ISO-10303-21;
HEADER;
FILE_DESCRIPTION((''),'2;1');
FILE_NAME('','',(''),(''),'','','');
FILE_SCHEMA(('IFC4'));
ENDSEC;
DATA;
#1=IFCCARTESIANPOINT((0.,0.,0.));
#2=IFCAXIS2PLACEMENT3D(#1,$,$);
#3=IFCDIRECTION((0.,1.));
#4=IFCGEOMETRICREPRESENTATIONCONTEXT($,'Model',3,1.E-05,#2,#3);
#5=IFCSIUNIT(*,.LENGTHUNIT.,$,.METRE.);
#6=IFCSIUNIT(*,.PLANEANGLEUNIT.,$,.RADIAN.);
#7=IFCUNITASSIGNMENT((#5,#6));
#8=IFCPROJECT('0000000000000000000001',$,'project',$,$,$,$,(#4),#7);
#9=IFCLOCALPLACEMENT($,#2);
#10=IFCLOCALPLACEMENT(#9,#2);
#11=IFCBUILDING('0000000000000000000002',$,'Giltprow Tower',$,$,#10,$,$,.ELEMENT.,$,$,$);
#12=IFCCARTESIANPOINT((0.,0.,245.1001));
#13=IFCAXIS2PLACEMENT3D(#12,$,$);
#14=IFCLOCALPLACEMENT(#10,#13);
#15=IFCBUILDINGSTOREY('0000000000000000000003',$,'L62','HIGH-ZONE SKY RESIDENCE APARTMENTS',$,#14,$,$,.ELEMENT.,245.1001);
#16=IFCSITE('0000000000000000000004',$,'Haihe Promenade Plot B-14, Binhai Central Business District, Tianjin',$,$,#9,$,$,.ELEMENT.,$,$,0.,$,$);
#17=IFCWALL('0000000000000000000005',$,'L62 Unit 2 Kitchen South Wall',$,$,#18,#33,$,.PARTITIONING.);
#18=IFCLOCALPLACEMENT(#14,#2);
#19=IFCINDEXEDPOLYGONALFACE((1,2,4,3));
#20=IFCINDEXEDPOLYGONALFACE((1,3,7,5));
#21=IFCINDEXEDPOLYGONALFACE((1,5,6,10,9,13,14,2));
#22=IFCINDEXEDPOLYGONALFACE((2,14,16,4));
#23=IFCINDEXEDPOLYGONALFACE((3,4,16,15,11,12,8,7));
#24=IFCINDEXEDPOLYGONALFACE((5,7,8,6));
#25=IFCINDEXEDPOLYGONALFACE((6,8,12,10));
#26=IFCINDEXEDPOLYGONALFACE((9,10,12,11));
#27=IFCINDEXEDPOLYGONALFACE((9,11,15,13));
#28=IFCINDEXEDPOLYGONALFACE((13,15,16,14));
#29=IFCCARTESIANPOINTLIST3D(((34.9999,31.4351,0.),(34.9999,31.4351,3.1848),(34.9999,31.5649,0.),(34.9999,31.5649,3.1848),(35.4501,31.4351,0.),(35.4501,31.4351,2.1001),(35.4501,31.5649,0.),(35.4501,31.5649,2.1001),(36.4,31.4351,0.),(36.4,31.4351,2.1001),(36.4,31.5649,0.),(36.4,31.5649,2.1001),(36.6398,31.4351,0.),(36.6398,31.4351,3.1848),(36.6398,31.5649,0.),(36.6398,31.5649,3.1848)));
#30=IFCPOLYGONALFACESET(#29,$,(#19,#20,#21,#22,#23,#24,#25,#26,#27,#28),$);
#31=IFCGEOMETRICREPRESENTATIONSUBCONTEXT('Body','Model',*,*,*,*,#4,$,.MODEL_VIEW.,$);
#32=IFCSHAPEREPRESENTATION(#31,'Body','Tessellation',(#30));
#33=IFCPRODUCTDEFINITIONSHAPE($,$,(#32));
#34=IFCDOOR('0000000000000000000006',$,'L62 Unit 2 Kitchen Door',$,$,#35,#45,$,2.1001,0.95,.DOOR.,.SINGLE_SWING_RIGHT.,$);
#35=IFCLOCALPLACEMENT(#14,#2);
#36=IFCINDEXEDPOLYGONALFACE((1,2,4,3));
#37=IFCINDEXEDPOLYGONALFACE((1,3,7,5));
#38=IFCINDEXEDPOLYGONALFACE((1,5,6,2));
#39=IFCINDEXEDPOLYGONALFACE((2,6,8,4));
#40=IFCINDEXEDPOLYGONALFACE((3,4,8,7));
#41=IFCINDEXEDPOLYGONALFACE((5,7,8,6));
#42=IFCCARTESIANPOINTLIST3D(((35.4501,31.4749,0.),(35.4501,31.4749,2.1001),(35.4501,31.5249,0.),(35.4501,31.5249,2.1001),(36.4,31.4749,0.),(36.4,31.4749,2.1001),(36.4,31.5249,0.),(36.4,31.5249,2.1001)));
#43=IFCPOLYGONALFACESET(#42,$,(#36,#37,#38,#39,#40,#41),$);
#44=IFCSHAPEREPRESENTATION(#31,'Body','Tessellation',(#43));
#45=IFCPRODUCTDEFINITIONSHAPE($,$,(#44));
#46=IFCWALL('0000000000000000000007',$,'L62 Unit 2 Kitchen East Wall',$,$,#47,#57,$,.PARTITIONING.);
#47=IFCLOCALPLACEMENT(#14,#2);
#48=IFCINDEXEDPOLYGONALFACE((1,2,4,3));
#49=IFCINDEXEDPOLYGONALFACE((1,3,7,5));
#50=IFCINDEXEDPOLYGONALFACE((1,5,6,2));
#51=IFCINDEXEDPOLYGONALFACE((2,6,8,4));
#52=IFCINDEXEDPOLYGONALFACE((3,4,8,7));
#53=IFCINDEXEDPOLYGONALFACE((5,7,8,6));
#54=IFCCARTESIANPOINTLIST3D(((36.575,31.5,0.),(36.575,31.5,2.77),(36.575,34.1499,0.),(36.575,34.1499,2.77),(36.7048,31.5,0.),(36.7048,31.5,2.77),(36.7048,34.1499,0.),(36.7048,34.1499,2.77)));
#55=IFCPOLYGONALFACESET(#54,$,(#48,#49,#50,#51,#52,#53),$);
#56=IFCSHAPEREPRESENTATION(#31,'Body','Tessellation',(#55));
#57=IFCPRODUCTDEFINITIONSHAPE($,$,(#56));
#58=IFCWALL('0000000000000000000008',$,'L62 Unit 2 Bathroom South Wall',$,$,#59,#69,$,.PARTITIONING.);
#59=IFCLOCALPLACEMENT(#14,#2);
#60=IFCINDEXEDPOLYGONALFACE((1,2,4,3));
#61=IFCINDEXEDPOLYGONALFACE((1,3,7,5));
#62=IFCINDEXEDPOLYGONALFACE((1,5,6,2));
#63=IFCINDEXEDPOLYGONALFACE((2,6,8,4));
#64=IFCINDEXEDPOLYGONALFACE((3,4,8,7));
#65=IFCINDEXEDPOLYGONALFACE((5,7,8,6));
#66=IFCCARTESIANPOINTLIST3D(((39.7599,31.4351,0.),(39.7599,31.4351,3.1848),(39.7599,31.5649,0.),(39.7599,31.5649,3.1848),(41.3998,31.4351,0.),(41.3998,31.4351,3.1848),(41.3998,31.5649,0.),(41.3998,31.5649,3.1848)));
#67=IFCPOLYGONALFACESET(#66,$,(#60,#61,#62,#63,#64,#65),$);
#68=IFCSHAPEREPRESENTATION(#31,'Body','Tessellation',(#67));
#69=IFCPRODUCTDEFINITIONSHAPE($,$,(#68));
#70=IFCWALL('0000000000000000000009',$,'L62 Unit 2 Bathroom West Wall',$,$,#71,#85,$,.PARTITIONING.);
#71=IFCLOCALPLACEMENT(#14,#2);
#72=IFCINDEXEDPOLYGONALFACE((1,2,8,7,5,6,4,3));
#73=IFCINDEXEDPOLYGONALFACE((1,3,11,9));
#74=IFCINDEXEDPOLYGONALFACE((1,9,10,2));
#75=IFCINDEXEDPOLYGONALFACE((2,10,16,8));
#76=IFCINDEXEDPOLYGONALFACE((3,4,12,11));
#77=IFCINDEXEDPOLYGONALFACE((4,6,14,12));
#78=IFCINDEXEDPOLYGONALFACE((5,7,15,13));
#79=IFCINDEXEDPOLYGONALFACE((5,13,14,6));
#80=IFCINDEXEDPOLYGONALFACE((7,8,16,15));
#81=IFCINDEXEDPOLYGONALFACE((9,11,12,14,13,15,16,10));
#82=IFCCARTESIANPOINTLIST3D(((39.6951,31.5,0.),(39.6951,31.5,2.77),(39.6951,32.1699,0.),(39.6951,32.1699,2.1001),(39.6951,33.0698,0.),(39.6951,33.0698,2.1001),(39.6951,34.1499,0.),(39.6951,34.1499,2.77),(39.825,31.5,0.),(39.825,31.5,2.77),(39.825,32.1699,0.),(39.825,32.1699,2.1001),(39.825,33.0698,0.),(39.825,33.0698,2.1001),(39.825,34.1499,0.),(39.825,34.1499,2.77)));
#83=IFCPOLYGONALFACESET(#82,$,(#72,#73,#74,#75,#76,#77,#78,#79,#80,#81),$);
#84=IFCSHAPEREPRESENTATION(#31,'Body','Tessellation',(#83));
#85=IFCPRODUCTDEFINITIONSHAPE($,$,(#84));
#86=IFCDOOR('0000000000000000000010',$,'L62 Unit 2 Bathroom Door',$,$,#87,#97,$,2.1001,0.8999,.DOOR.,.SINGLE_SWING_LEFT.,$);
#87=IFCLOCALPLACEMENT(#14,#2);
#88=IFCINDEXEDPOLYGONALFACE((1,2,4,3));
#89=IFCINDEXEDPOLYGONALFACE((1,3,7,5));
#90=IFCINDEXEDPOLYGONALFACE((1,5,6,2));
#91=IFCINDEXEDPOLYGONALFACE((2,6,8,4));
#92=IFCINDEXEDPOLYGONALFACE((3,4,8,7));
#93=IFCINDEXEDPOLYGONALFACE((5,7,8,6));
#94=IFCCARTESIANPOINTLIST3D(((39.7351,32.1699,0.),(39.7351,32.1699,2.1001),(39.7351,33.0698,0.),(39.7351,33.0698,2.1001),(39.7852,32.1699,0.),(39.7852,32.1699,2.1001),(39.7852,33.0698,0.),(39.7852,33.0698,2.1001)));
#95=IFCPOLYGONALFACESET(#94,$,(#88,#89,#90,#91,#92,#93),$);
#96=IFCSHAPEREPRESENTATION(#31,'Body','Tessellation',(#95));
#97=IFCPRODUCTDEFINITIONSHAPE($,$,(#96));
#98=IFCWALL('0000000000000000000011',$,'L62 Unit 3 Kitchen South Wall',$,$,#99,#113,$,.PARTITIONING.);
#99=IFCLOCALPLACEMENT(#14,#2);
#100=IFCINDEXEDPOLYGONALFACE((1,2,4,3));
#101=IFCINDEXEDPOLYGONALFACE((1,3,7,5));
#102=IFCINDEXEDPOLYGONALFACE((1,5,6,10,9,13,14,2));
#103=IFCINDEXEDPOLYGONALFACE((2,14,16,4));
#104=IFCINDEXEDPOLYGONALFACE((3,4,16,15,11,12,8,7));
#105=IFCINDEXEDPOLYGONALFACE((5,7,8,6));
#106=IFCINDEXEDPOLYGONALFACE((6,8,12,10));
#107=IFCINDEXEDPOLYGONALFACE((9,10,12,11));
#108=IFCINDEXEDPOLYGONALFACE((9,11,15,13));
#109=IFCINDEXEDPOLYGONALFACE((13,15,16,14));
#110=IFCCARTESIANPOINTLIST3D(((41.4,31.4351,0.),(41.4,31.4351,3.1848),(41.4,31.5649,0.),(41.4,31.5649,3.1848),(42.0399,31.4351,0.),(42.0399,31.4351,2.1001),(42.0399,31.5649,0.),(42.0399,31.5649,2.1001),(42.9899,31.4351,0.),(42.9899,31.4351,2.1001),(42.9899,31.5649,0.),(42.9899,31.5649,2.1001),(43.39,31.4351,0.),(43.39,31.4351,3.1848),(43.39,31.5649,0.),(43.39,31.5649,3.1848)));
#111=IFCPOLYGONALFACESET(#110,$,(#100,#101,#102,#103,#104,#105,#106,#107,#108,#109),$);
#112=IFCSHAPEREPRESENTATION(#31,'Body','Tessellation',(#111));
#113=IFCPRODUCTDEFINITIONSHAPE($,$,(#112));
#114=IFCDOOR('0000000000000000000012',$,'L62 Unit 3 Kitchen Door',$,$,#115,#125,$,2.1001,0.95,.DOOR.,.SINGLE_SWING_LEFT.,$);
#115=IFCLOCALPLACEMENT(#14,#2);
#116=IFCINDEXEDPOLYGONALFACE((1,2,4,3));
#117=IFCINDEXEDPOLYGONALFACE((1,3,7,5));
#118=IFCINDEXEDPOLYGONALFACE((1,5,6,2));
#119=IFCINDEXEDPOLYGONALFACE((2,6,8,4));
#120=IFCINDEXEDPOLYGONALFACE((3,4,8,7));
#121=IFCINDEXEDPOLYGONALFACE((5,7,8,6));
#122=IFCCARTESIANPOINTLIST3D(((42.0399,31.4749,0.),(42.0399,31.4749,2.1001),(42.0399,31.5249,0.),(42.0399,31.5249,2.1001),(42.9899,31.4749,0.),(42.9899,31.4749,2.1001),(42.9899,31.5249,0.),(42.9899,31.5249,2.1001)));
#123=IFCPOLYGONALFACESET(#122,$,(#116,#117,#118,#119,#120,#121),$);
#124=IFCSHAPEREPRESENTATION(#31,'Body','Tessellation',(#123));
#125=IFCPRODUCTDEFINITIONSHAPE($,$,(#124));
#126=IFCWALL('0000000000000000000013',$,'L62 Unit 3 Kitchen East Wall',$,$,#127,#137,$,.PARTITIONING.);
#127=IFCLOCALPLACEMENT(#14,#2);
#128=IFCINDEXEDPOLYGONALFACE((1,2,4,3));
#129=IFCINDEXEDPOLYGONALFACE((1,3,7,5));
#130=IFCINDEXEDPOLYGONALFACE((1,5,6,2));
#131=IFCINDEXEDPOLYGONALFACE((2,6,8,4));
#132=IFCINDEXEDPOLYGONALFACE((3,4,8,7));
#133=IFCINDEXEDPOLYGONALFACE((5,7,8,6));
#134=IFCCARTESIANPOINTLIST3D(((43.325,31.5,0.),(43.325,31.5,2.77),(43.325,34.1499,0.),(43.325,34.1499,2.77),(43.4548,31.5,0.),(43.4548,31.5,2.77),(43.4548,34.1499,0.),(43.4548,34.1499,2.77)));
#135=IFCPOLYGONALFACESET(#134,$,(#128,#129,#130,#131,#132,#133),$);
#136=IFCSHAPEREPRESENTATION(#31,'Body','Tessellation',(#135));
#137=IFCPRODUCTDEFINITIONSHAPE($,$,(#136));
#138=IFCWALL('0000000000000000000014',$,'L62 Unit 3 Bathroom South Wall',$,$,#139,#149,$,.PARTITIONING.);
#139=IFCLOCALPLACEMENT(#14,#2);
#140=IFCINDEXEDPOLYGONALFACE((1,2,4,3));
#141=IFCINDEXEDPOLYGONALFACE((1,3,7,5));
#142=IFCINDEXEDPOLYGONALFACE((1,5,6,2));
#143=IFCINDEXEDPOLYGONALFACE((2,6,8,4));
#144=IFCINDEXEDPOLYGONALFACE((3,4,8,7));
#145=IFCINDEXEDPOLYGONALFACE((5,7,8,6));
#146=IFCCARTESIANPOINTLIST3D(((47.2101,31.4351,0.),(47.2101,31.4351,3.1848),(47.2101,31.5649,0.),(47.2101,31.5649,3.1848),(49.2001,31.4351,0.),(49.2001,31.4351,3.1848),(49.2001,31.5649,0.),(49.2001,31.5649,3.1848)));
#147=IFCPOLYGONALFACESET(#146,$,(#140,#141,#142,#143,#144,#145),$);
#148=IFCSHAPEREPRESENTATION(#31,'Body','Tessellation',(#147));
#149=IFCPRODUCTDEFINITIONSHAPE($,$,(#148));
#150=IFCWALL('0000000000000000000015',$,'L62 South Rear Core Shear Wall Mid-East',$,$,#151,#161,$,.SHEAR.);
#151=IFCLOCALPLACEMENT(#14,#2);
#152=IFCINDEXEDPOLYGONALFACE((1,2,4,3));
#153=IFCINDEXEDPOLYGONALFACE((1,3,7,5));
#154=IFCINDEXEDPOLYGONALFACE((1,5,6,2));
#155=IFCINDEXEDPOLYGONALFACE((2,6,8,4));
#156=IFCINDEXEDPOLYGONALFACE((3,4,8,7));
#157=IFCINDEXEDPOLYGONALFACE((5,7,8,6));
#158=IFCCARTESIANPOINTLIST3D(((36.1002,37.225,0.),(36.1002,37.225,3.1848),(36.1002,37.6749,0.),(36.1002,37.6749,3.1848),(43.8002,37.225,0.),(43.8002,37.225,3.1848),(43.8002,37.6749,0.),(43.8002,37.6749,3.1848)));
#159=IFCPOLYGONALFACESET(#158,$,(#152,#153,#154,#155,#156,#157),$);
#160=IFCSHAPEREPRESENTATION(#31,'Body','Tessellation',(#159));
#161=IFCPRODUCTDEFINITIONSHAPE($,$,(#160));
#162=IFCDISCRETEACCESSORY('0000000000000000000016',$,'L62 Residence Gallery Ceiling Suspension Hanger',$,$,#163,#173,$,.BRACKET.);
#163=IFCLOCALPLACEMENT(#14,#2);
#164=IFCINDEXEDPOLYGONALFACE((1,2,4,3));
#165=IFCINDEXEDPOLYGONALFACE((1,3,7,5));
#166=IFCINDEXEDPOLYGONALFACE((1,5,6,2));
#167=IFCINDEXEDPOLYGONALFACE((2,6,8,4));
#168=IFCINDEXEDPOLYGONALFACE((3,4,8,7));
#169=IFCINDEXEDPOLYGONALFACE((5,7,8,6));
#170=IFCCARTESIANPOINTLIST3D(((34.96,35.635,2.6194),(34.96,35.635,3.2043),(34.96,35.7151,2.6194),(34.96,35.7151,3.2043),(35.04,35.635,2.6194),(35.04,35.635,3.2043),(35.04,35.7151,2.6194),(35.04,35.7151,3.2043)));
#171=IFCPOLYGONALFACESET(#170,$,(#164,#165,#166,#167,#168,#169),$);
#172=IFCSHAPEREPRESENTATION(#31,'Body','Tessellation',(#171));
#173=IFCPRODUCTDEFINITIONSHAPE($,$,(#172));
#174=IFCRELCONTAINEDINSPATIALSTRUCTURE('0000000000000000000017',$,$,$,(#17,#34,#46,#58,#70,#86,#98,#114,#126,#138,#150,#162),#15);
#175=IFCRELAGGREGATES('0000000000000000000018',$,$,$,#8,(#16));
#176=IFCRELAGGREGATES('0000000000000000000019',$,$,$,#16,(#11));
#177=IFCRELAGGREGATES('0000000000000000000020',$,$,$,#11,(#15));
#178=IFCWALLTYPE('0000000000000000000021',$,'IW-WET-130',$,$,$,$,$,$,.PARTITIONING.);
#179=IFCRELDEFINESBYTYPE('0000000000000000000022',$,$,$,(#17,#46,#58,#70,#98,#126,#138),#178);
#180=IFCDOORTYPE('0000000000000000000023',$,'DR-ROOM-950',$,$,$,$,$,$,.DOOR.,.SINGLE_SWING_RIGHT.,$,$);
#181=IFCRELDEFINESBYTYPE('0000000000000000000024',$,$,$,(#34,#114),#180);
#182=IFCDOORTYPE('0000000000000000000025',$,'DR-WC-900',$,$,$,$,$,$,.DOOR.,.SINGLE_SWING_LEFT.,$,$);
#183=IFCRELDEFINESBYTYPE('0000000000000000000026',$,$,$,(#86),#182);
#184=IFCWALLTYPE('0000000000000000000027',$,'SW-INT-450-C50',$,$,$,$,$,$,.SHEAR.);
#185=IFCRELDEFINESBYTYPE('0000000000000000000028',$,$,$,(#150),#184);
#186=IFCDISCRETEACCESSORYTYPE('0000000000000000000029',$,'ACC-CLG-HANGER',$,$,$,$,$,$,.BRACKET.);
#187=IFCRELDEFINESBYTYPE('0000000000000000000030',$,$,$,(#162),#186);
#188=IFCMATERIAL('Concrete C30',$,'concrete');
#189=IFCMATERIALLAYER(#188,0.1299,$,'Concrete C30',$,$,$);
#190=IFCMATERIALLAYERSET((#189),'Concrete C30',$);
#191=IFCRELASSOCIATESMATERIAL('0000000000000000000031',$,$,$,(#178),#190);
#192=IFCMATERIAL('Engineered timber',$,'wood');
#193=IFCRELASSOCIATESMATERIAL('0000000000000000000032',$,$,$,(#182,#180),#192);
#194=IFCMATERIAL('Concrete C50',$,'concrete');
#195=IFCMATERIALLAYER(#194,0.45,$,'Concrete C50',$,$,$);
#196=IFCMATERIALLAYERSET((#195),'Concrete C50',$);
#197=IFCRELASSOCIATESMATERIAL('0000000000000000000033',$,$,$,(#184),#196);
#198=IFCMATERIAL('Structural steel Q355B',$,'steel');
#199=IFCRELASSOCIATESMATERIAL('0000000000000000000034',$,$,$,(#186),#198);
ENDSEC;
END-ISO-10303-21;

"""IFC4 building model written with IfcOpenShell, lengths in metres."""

from ifc_helpers import new_model, si_unit, direction, frame, frame_2d, origin, origin_2d, place, context, subcontext, project, spatial, rectangle, extrude, source, transform, mapped, material, layer, layer_set, type_object, element, fill, save


model = new_model("IFC4")

# Units and contexts
model_context = context("Model", 3, precision=1e-05, world=origin(), true_north=direction((0.0, 1.0)))
body_context = subcontext(model_context, "Body", "Model", "MODEL_VIEW")
ifc_project = project(units=[si_unit("LENGTHUNIT", "METRE"), si_unit("PLANEANGLEUNIT", "RADIAN")], contexts=[model_context])

# Site, building, storey
site_placement = place(None, origin())
site = spatial("IfcSite", under=ifc_project, at=site_placement, Name="Haihe Promenade Plot B-14, Binhai Central Business District, Tianjin", CompositionType="ELEMENT", RefElevation=0.0)
building_placement = place(site_placement, origin())
building = spatial("IfcBuilding", under=site, at=building_placement, Name="Giltprow Tower", CompositionType="ELEMENT")
storey_placement = place(building_placement, frame((0.0, 0.0, 245.1001)))
storey = spatial("IfcBuildingStorey", under=building, at=storey_placement, Name="L62", Description="HIGH-ZONE SKY RESIDENCE APARTMENTS", CompositionType="ELEMENT", Elevation=245.1001)

# Shared definitions
ifc_material_1 = material(Name="Concrete C50", Category="concrete")

# Shared definitions
ifc_material_2 = material(Name="Structural steel Q355B", Category="steel")

# Shared definitions
ifc_material_3 = material(Name="Concrete C30", Category="concrete")
ifc_layer_1 = layer(ifc_material_3, 0.1299, Name="Concrete C30")
ifc_layer_set_1 = layer_set([ifc_layer_1], Name="Concrete C30")
wall_type_1 = type_object("IfcWallType", Name="IW-WET-130", PredefinedType="PARTITIONING", material=ifc_layer_set_1)

# Wall, opening, door
ifc_material_4 = material(Name="Engineered timber", Category="wood")
door_type_1 = type_object("IfcDoorType", Name="DR-WC-900", OperationType="SINGLE_SWING_LEFT", PredefinedType="DOOR", material=ifc_material_4)
shared_shape_1 = source(origin(), body_context, "Body", "SweptSolid", [
    extrude(rectangle(XDim=0.8999, YDim=2.1001, at=frame_2d((0.45, 1.05))), frame((0.0, 0.0249, 0.0), z_axis=(0.0, -1.0, 0.0), x_axis=(1.0, 0.0, 0.0)), (0.0, 0.0, 1.0), 0.05),
])
wall_1_placement = place(storey_placement, frame((35.0, 31.5, 0.0), z_axis=(0.0, 0.0, 1.0), x_axis=(1.0, 0.0, 0.0)))
wall_1 = element("IfcWall", 1, at=wall_1_placement, inside=storey, type_object=wall_type_1, Name="L62 Unit 2 Kitchen South Wall", PredefinedType="PARTITIONING", context=body_context, shape_type="SweptSolid", body=[
    extrude(rectangle(XDim=1.6399, YDim=0.1299, at=frame_2d((0.8198, 0.0))), origin(), (0.0, 0.0, 1.0), 3.1848),
])
opening_1_placement = place(wall_1_placement, frame((0.45, 0.0, 0.0)))
opening_1 = element("IfcOpeningElement", 2, at=opening_1_placement, cuts=wall_1, PredefinedType="OPENING", context=body_context, shape_type="SweptSolid", body=[
    extrude(rectangle(XDim=0.95, YDim=2.1001, at=frame_2d((0.4751, 1.05))), frame((0.0, 0.075, 0.0), z_axis=(0.0, -1.0, 0.0), x_axis=(1.0, 0.0, 0.0)), (0.0, 0.0, 1.0), 0.1499),
])
door_type_2 = type_object("IfcDoorType", Name="DR-ROOM-950", OperationType="SINGLE_SWING_RIGHT", PredefinedType="DOOR", material=ifc_material_4)
shared_shape_2 = source(origin(), body_context, "Body", "SweptSolid", [
    extrude(rectangle(XDim=0.95, YDim=2.1001, at=frame_2d((0.4751, 1.05))), frame((0.0, 0.0249, 0.0), z_axis=(0.0, -1.0, 0.0), x_axis=(1.0, 0.0, 0.0)), (0.0, 0.0, 1.0), 0.05),
])
door_1_placement = place(opening_1_placement, origin())
door_1 = element("IfcDoor", 3, at=door_1_placement, inside=storey, type_object=door_type_2, Name="L62 Unit 2 Kitchen Door", OperationType="SINGLE_SWING_RIGHT", OverallHeight=2.1001, OverallWidth=0.95, PredefinedType="DOOR", context=body_context, shape_type="MappedRepresentation", body=[
    mapped(shared_shape_2, transform((0.0, 0.0, 0.0), x_axis=(1.0, 0.0, 0.0), y_axis=(0.0, 1.0, 0.0), z_axis=(0.0, 0.0, 1.0), scale=1.0)),
])
fill(opening_1, door_1)

# Walls
wall_2_placement = place(storey_placement, frame((36.6399, 31.5, 0.0), z_axis=(0.0, 0.0, 1.0), x_axis=(0.0, 1.0, 0.0)))
element("IfcWall", 4, at=wall_2_placement, inside=storey, type_object=wall_type_1, Name="L62 Unit 2 Kitchen East Wall", PredefinedType="PARTITIONING", context=body_context, shape_type="SweptSolid", body=[
    extrude(rectangle(XDim=2.6499, YDim=0.1299, at=frame_2d((1.325, 0.0))), origin(), (0.0, 0.0, 1.0), 2.77),
])
wall_3_placement = place(storey_placement, frame((39.76, 31.5, 0.0), z_axis=(0.0, 0.0, 1.0), x_axis=(1.0, 0.0, 0.0)))
element("IfcWall", 5, at=wall_3_placement, inside=storey, type_object=wall_type_1, Name="L62 Unit 2 Bathroom South Wall", PredefinedType="PARTITIONING", context=body_context, shape_type="SweptSolid", body=[
    extrude(rectangle(XDim=1.6399, YDim=0.1299, at=frame_2d((0.8198, 0.0))), origin(), (0.0, 0.0, 1.0), 3.1848),
])

# Walls, openings, doors
wall_4_placement = place(storey_placement, frame((39.76, 31.5, 0.0), z_axis=(0.0, 0.0, 1.0), x_axis=(0.0, 1.0, 0.0)))
wall_4 = element("IfcWall", 6, at=wall_4_placement, inside=storey, type_object=wall_type_1, Name="L62 Unit 2 Bathroom West Wall", PredefinedType="PARTITIONING", context=body_context, shape_type="SweptSolid", body=[
    extrude(rectangle(XDim=2.6499, YDim=0.1299, at=frame_2d((1.325, 0.0))), origin(), (0.0, 0.0, 1.0), 2.77),
])
opening_2_placement = place(wall_4_placement, frame((0.6699, 0.0, 0.0)))
opening_2 = element("IfcOpeningElement", 7, at=opening_2_placement, cuts=wall_4, PredefinedType="OPENING", context=body_context, shape_type="SweptSolid", body=[
    extrude(rectangle(XDim=0.8999, YDim=2.1001, at=frame_2d((0.45, 1.05))), frame((0.0, 0.075, 0.0), z_axis=(0.0, -1.0, 0.0), x_axis=(1.0, 0.0, 0.0)), (0.0, 0.0, 1.0), 0.1499),
])
door_2_placement = place(opening_2_placement, origin())
door_2 = element("IfcDoor", 8, at=door_2_placement, inside=storey, type_object=door_type_1, Name="L62 Unit 2 Bathroom Door", OperationType="SINGLE_SWING_LEFT", OverallHeight=2.1001, OverallWidth=0.8999, PredefinedType="DOOR", context=body_context, shape_type="MappedRepresentation", body=[
    mapped(shared_shape_1, transform((0.0, 0.0, 0.0), x_axis=(1.0, 0.0, 0.0), y_axis=(0.0, 1.0, 0.0), z_axis=(0.0, 0.0, 1.0), scale=1.0)),
])
fill(opening_2, door_2)
wall_5_placement = place(storey_placement, frame((41.3999, 31.5, 0.0), z_axis=(0.0, 0.0, 1.0), x_axis=(1.0, 0.0, 0.0)))
wall_5 = element("IfcWall", 9, at=wall_5_placement, inside=storey, type_object=wall_type_1, Name="L62 Unit 3 Kitchen South Wall", PredefinedType="PARTITIONING", context=body_context, shape_type="SweptSolid", body=[
    extrude(rectangle(XDim=1.99, YDim=0.1299, at=frame_2d((0.9951, 0.0))), origin(), (0.0, 0.0, 1.0), 3.1848),
])
opening_3_placement = place(wall_5_placement, frame((0.6399, 0.0, 0.0)))
opening_3 = element("IfcOpeningElement", 10, at=opening_3_placement, cuts=wall_5, PredefinedType="OPENING", context=body_context, shape_type="SweptSolid", body=[
    extrude(rectangle(XDim=0.95, YDim=2.1001, at=frame_2d((0.4751, 1.05))), frame((0.0, 0.075, 0.0), z_axis=(0.0, -1.0, 0.0), x_axis=(1.0, 0.0, 0.0)), (0.0, 0.0, 1.0), 0.1499),
])
door_3_placement = place(opening_3_placement, origin())
door_3 = element("IfcDoor", 11, at=door_3_placement, inside=storey, type_object=door_type_2, Name="L62 Unit 3 Kitchen Door", OperationType="SINGLE_SWING_LEFT", OverallHeight=2.1001, OverallWidth=0.95, PredefinedType="DOOR", context=body_context, shape_type="MappedRepresentation", body=[
    mapped(shared_shape_2, transform((0.0, 0.0, 0.0), x_axis=(1.0, 0.0, 0.0), y_axis=(0.0, 1.0, 0.0), z_axis=(0.0, 0.0, 1.0), scale=1.0)),
])
fill(opening_3, door_3)

# Walls
wall_6_placement = place(storey_placement, frame((43.3899, 31.5, 0.0), z_axis=(0.0, 0.0, 1.0), x_axis=(0.0, 1.0, 0.0)))
element("IfcWall", 12, at=wall_6_placement, inside=storey, type_object=wall_type_1, Name="L62 Unit 3 Kitchen East Wall", PredefinedType="PARTITIONING", context=body_context, shape_type="SweptSolid", body=[
    extrude(rectangle(XDim=2.6499, YDim=0.1299, at=frame_2d((1.325, 0.0))), origin(), (0.0, 0.0, 1.0), 2.77),
])
wall_7_placement = place(storey_placement, frame((47.21, 31.5, 0.0), z_axis=(0.0, 0.0, 1.0), x_axis=(1.0, 0.0, 0.0)))
element("IfcWall", 13, at=wall_7_placement, inside=storey, type_object=wall_type_1, Name="L62 Unit 3 Bathroom South Wall", PredefinedType="PARTITIONING", context=body_context, shape_type="SweptSolid", body=[
    extrude(rectangle(XDim=1.99, YDim=0.1299, at=frame_2d((0.9951, 0.0))), origin(), (0.0, 0.0, 1.0), 3.1848),
])
ifc_layer_2 = layer(ifc_material_1, 0.45, Name="Concrete C50")
ifc_layer_set_2 = layer_set([ifc_layer_2], Name="Concrete C50")
wall_type_2 = type_object("IfcWallType", Name="SW-INT-450-C50", PredefinedType="SHEAR", material=ifc_layer_set_2)
wall_8_placement = place(storey_placement, frame((36.1001, 37.45, 0.0), z_axis=(0.0, 0.0, 1.0), x_axis=(1.0, 0.0, 0.0)))
element("IfcWall", 14, at=wall_8_placement, inside=storey, type_object=wall_type_2, Name="L62 South Rear Core Shear Wall Mid-East", PredefinedType="SHEAR", context=body_context, shape_type="SweptSolid", body=[
    extrude(rectangle(XDim=7.7, YDim=0.45, at=frame_2d((3.8501, 0.0))), origin(), (0.0, 0.0, 1.0), 3.1848),
])

# Discrete accessory
discrete_accessory_type = type_object("IfcDiscreteAccessoryType", Name="ACC-CLG-HANGER", PredefinedType="BRACKET", material=ifc_material_2)
shared_shape_3 = source(origin(), body_context, "Body", "SweptSolid", [
    extrude(rectangle(XDim=0.0801, YDim=0.0801, at=origin_2d()), origin(), (0.0, 0.0, 1.0), 0.585),
])
discrete_accessory_placement = place(storey_placement, frame((35.0, 35.675, 2.6194), z_axis=(0.0, 0.0, 1.0), x_axis=(1.0, 0.0, 0.0)))
element("IfcDiscreteAccessory", 15, at=discrete_accessory_placement, inside=storey, type_object=discrete_accessory_type, Name="L62 Residence Gallery Ceiling Suspension Hanger", PredefinedType="BRACKET", context=body_context, shape_type="MappedRepresentation", body=[
    mapped(shared_shape_3, transform((0.0, 0.0, 0.0), x_axis=(1.0, 0.0, 0.0), y_axis=(0.0, 1.0, 0.0), z_axis=(0.0, 0.0, 1.0), scale=1.0)),
])

save(model, "model.ifc")
